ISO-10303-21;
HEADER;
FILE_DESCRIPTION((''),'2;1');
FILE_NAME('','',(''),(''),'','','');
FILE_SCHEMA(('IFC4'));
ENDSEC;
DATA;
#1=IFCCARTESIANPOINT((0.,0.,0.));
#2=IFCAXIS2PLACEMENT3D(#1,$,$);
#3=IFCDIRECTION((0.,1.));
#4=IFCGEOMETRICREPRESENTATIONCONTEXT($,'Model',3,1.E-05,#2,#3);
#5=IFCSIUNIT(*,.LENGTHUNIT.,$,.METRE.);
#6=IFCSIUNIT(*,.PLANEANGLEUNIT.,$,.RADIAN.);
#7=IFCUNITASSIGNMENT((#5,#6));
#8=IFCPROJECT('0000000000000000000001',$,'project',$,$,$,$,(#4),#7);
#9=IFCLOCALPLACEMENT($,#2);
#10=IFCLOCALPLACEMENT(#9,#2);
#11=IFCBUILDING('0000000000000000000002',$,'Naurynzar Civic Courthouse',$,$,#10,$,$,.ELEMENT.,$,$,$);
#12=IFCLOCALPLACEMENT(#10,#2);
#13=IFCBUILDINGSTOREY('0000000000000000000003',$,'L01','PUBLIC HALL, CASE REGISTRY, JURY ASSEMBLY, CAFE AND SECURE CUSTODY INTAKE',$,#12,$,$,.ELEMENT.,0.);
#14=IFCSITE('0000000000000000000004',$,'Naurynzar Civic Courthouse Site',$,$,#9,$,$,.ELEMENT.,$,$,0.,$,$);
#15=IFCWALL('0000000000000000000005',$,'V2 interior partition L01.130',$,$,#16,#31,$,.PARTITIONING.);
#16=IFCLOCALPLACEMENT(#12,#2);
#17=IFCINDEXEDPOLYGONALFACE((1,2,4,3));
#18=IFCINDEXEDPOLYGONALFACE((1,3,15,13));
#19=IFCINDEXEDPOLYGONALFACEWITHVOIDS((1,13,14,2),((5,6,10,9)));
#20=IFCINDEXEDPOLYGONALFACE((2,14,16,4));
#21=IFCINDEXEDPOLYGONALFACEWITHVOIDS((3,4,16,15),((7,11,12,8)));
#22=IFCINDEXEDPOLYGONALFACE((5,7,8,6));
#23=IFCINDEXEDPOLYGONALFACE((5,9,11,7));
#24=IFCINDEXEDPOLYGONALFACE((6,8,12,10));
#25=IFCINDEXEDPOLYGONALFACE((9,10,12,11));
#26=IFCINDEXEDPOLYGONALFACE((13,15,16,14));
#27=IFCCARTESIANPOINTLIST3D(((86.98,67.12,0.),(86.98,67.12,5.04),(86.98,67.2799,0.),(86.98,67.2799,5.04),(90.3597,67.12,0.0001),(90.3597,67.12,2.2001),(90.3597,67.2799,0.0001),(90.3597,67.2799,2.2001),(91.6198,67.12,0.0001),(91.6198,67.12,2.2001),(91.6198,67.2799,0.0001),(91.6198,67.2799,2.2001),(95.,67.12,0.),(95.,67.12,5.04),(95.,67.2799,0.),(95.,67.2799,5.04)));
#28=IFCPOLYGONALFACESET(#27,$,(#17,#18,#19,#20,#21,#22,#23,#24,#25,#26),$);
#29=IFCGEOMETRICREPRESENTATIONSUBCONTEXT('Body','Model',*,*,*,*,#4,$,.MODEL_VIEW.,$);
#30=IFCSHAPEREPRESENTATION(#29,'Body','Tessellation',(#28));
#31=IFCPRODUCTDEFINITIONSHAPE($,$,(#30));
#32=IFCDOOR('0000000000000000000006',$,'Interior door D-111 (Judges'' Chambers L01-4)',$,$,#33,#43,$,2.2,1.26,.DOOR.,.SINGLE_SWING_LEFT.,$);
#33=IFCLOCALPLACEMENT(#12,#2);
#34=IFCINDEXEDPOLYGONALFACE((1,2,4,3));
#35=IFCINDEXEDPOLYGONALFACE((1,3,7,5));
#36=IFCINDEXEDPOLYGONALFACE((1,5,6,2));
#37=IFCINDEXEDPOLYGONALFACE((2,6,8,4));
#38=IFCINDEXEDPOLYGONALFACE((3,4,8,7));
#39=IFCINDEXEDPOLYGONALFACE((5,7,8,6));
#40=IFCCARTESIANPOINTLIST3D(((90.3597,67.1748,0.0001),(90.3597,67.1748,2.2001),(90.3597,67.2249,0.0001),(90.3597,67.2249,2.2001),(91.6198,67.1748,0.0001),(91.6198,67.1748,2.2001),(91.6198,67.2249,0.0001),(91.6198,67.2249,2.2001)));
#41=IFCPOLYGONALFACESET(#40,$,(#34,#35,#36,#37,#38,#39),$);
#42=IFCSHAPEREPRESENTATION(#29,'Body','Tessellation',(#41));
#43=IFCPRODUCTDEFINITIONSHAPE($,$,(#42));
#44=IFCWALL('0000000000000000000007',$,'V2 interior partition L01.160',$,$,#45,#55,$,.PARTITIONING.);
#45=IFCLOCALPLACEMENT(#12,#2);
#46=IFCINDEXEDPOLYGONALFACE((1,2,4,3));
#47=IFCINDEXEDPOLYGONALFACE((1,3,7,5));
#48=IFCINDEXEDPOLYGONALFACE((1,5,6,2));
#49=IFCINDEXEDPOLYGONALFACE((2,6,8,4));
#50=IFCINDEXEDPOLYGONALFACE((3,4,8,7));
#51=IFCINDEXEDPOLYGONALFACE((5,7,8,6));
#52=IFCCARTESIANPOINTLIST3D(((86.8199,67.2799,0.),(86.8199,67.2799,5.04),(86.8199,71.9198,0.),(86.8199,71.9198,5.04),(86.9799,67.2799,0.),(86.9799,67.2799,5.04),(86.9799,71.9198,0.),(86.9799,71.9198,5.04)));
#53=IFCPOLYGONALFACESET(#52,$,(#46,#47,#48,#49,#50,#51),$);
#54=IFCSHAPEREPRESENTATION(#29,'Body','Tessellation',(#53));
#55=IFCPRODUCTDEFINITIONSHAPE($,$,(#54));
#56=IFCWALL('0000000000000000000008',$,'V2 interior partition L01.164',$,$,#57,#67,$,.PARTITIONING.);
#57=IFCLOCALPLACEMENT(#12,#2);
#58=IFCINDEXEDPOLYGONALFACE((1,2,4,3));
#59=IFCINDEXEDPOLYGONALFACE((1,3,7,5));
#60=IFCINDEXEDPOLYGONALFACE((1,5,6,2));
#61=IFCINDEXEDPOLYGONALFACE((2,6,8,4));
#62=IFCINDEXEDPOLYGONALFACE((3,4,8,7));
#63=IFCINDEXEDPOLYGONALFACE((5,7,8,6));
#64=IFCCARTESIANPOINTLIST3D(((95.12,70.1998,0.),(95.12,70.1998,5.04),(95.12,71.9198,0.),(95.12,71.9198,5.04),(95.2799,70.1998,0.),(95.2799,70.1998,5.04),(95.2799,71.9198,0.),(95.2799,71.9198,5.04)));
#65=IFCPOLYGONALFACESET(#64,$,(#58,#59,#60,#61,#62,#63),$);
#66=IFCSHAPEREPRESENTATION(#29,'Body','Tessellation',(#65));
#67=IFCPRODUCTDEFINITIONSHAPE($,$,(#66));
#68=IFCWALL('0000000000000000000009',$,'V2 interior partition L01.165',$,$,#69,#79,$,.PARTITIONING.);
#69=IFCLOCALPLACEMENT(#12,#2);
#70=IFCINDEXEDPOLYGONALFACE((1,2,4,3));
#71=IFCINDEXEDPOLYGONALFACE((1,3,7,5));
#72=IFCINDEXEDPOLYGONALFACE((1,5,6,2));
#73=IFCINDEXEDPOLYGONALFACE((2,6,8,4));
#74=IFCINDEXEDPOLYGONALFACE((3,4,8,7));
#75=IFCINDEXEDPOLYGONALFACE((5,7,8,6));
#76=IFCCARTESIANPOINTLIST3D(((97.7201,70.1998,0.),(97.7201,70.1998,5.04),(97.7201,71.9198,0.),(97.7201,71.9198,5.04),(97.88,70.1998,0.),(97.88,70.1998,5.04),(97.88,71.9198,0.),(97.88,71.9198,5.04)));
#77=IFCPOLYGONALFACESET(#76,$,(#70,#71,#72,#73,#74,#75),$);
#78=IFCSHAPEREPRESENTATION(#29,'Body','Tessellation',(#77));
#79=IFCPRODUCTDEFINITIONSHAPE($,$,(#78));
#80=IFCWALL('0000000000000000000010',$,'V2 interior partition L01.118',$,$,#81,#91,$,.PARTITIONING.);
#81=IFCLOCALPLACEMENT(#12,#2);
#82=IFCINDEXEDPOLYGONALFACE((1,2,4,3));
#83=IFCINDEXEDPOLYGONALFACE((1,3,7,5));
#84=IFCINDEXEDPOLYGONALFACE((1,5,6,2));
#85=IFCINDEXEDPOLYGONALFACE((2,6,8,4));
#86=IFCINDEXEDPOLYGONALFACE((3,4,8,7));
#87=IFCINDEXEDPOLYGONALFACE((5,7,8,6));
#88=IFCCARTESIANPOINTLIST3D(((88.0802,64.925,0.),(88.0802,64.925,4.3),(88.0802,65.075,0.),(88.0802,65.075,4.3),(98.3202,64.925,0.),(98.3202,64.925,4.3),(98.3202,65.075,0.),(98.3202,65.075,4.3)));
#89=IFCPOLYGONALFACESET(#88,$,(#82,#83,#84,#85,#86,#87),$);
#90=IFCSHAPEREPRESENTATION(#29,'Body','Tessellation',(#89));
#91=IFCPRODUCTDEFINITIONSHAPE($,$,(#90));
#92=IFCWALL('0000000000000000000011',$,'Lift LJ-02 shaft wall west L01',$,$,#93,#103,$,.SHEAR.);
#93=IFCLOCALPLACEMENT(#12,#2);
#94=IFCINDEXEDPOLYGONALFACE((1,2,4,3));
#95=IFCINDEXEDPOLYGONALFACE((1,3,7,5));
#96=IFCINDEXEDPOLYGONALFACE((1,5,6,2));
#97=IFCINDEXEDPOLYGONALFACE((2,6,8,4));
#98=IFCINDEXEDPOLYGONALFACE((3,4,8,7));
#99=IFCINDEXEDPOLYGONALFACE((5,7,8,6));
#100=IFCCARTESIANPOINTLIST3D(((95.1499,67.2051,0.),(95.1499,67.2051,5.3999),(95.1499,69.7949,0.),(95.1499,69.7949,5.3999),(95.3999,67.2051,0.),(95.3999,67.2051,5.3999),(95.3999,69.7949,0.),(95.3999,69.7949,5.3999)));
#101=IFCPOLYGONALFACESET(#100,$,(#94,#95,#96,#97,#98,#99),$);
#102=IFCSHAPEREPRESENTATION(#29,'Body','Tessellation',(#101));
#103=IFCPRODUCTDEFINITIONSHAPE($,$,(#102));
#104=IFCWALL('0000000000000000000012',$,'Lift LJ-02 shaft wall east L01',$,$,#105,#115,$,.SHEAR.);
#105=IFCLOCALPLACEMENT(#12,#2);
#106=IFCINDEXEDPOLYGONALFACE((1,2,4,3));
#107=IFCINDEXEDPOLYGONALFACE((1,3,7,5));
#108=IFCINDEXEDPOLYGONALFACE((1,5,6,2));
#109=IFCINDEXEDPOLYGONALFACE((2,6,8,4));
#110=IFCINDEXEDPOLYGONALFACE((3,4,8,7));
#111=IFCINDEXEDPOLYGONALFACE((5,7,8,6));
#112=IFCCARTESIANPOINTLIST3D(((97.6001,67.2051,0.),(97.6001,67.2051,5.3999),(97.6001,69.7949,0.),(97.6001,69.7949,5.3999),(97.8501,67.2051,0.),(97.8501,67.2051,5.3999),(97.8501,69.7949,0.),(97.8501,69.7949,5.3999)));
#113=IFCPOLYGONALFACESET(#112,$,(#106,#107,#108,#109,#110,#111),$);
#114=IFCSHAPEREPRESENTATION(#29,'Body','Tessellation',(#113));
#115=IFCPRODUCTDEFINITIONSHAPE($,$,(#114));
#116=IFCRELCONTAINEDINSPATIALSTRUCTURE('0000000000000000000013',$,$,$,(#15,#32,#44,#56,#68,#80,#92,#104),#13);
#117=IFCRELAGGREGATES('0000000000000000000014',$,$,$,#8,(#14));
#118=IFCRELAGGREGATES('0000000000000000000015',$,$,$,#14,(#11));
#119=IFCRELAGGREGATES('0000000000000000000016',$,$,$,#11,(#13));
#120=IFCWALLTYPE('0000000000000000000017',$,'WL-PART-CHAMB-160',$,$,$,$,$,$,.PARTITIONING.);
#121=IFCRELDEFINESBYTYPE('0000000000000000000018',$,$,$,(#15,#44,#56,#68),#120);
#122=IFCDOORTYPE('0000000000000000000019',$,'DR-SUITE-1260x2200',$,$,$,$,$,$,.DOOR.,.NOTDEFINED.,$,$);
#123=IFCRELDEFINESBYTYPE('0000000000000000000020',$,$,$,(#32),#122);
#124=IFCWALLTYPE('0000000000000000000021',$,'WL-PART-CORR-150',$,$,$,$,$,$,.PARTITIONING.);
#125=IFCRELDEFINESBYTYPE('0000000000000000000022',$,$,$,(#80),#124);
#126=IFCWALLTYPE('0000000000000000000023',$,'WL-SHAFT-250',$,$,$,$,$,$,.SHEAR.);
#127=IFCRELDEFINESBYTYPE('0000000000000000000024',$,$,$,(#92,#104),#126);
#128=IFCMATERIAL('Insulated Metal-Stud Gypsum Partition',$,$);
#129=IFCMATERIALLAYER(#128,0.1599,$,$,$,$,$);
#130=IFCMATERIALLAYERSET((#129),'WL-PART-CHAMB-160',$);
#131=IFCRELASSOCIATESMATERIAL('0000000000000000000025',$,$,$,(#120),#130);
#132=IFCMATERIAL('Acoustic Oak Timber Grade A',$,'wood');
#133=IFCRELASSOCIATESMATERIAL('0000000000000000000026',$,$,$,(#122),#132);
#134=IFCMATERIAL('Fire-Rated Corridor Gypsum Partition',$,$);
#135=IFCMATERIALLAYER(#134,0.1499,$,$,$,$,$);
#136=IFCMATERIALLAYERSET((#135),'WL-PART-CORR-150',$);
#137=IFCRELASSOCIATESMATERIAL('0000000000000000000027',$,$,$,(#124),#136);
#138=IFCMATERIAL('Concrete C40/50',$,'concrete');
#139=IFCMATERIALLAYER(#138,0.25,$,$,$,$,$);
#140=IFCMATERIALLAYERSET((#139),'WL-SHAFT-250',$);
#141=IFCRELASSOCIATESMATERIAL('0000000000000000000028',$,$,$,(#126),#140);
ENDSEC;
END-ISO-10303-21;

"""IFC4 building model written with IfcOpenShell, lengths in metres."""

from ifc_helpers import new_model, si_unit, direction, frame, frame_2d, origin, place, context, subcontext, project, spatial, rectangle, extrude, material, layer, layer_set, type_object, element, fill, save


model = new_model("IFC4")

# Units and contexts
model_context = context("Model", 3, precision=1e-05, world=origin(), true_north=direction((0.0, 1.0)))
body_context = subcontext(model_context, "Body", "Model", "MODEL_VIEW")
ifc_project = project(units=[si_unit("LENGTHUNIT", "METRE"), si_unit("PLANEANGLEUNIT", "RADIAN")], contexts=[model_context])

# Site, building, storey
site_placement = place(None, origin())
site = spatial("IfcSite", under=ifc_project, at=site_placement, Name="Naurynzar Civic Courthouse Site", CompositionType="ELEMENT", RefElevation=0.0)
building_placement = place(site_placement, origin())
building = spatial("IfcBuilding", under=site, at=building_placement, Name="Naurynzar Civic Courthouse", CompositionType="ELEMENT")
storey_placement = place(building_placement, origin())
storey = spatial("IfcBuildingStorey", under=building, at=storey_placement, Name="L01", Description="PUBLIC HALL, CASE REGISTRY, JURY ASSEMBLY, CAFE AND SECURE CUSTODY INTAKE", CompositionType="ELEMENT", Elevation=0.0)

# Wall, opening, door
ifc_material_1 = material(Name="Insulated Metal-Stud Gypsum Partition")
ifc_layer_1 = layer(ifc_material_1, 0.1599)
ifc_layer_set_1 = layer_set([ifc_layer_1], Name="WL-PART-CHAMB-160")
wall_type_1 = type_object("IfcWallType", Name="WL-PART-CHAMB-160", PredefinedType="PARTITIONING", material=ifc_layer_set_1)
wall_1_placement = place(storey_placement, frame((86.98, 67.2, 0.0), z_axis=(0.0, 0.0, 1.0), x_axis=(1.0, 0.0, 0.0)))
wall_1 = element("IfcWall", 1, at=wall_1_placement, inside=storey, type_object=wall_type_1, Name="V2 interior partition L01.130", PredefinedType="PARTITIONING", context=body_context, shape_type="SweptSolid", body=[
    extrude(rectangle(XDim=8.02, YDim=0.1599, at=frame_2d((4.01, 0.0))), origin(), (0.0, 0.0, 1.0), 5.04),
])
opening_1_placement = place(wall_1_placement, frame((3.3799, 0.0, 0.0)))
opening_1 = element("IfcOpeningElement", 2, at=opening_1_placement, cuts=wall_1, PredefinedType="OPENING", context=body_context, shape_type="SweptSolid", body=[
    extrude(rectangle(XDim=1.26, YDim=2.2, at=frame_2d((0.6299, 1.1001))), frame((0.0, 0.0898, 0.0), z_axis=(0.0, -1.0, 0.0), x_axis=(1.0, 0.0, 0.0)), (0.0, 0.0, 1.0), 0.1799),
])
ifc_material_2 = material(Name="Acoustic Oak Timber Grade A", Category="wood")
door_type_1 = type_object("IfcDoorType", Name="DR-SUITE-1260x2200", OperationType="NOTDEFINED", PredefinedType="DOOR", material=ifc_material_2)
door_1_placement = place(opening_1_placement, origin())
door_1 = element("IfcDoor", 3, at=door_1_placement, inside=storey, type_object=door_type_1, Name="Interior door D-111 (Judges' Chambers L01-4)", OperationType="SINGLE_SWING_LEFT", OverallHeight=2.2, OverallWidth=1.26, PredefinedType="DOOR", context=body_context, shape_type="SweptSolid", body=[
    extrude(rectangle(XDim=1.26, YDim=2.2, at=frame_2d((0.6299, 1.1001))), frame((0.0, 0.0249, 0.0), z_axis=(0.0, -1.0, 0.0), x_axis=(1.0, 0.0, 0.0)), (0.0, 0.0, 1.0), 0.05),
])
fill(opening_1, door_1)

# Walls
wall_2_placement = place(storey_placement, frame((86.8999, 67.28, 0.0), z_axis=(0.0, 0.0, 1.0), x_axis=(0.0, 1.0, 0.0)))
element("IfcWall", 4, at=wall_2_placement, inside=storey, type_object=wall_type_1, Name="V2 interior partition L01.160", PredefinedType="PARTITIONING", context=body_context, shape_type="SweptSolid", body=[
    extrude(rectangle(XDim=4.6399, YDim=0.1599, at=frame_2d((2.3198, 0.0))), origin(), (0.0, 0.0, 1.0), 5.04),
])
for number, where, z_axis, x_axis, name in (
    (5, (95.2, 70.2, 0.0), (0.0, 0.0, 1.0), (0.0, 1.0, 0.0), "V2 interior partition L01.164"),
    (6, (97.8, 70.2, 0.0), (0.0, 0.0, 1.0), (0.0, 1.0, 0.0), "V2 interior partition L01.165"),
):
    element("IfcWall", number, at=place(storey_placement, frame(where, z_axis=z_axis, x_axis=x_axis)), inside=storey, type_object=wall_type_1, Name=name, PredefinedType="PARTITIONING", context=body_context, shape_type="SweptSolid", body=[
        extrude(rectangle(XDim=1.72, YDim=0.1599, at=frame_2d((0.8599, 0.0))), origin(), (0.0, 0.0, 1.0), 5.04),
    ])
ifc_material_3 = material(Name="Fire-Rated Corridor Gypsum Partition")
ifc_layer_2 = layer(ifc_material_3, 0.1499)
ifc_layer_set_2 = layer_set([ifc_layer_2], Name="WL-PART-CORR-150")
wall_type_2 = type_object("IfcWallType", Name="WL-PART-CORR-150", PredefinedType="PARTITIONING", material=ifc_layer_set_2)
wall_3_placement = place(storey_placement, frame((88.0801, 65.0, 0.0), z_axis=(0.0, 0.0, 1.0), x_axis=(1.0, 0.0, 0.0)))
element("IfcWall", 7, at=wall_3_placement, inside=storey, type_object=wall_type_2, Name="V2 interior partition L01.118", PredefinedType="PARTITIONING", context=body_context, shape_type="SweptSolid", body=[
    extrude(rectangle(XDim=10.24, YDim=0.1499, at=frame_2d((5.1201, 0.0))), origin(), (0.0, 0.0, 1.0), 4.3),
])

# Shared definitions
ifc_material_4 = material(Name="Concrete C40/50", Category="concrete")
ifc_layer_3 = layer(ifc_material_4, 0.25)
ifc_layer_set_3 = layer_set([ifc_layer_3], Name="WL-SHAFT-250")
wall_type_3 = type_object("IfcWallType", Name="WL-SHAFT-250", PredefinedType="SHEAR", material=ifc_layer_set_3)

# Walls
for number, where, z_axis, x_axis, name in (
    (8, (95.2749, 69.7949, 0.0), (0.0, 0.0, 1.0), (0.0, -1.0, 0.0), "Lift LJ-02 shaft wall west L01"),
    (9, (97.7251, 67.2051, 0.0), (0.0, 0.0, 1.0), (0.0, 1.0, 0.0), "Lift LJ-02 shaft wall east L01"),
):
    element("IfcWall", number, at=place(storey_placement, frame(where, z_axis=z_axis, x_axis=x_axis)), inside=storey, type_object=wall_type_3, Name=name, PredefinedType="SHEAR", context=body_context, shape_type="SweptSolid", body=[
        extrude(rectangle(XDim=2.5898, YDim=0.25, at=frame_2d((1.2949, 0.0))), origin(), (0.0, 0.0, 1.0), 5.3999),
    ])

save(model, "model.ifc")
